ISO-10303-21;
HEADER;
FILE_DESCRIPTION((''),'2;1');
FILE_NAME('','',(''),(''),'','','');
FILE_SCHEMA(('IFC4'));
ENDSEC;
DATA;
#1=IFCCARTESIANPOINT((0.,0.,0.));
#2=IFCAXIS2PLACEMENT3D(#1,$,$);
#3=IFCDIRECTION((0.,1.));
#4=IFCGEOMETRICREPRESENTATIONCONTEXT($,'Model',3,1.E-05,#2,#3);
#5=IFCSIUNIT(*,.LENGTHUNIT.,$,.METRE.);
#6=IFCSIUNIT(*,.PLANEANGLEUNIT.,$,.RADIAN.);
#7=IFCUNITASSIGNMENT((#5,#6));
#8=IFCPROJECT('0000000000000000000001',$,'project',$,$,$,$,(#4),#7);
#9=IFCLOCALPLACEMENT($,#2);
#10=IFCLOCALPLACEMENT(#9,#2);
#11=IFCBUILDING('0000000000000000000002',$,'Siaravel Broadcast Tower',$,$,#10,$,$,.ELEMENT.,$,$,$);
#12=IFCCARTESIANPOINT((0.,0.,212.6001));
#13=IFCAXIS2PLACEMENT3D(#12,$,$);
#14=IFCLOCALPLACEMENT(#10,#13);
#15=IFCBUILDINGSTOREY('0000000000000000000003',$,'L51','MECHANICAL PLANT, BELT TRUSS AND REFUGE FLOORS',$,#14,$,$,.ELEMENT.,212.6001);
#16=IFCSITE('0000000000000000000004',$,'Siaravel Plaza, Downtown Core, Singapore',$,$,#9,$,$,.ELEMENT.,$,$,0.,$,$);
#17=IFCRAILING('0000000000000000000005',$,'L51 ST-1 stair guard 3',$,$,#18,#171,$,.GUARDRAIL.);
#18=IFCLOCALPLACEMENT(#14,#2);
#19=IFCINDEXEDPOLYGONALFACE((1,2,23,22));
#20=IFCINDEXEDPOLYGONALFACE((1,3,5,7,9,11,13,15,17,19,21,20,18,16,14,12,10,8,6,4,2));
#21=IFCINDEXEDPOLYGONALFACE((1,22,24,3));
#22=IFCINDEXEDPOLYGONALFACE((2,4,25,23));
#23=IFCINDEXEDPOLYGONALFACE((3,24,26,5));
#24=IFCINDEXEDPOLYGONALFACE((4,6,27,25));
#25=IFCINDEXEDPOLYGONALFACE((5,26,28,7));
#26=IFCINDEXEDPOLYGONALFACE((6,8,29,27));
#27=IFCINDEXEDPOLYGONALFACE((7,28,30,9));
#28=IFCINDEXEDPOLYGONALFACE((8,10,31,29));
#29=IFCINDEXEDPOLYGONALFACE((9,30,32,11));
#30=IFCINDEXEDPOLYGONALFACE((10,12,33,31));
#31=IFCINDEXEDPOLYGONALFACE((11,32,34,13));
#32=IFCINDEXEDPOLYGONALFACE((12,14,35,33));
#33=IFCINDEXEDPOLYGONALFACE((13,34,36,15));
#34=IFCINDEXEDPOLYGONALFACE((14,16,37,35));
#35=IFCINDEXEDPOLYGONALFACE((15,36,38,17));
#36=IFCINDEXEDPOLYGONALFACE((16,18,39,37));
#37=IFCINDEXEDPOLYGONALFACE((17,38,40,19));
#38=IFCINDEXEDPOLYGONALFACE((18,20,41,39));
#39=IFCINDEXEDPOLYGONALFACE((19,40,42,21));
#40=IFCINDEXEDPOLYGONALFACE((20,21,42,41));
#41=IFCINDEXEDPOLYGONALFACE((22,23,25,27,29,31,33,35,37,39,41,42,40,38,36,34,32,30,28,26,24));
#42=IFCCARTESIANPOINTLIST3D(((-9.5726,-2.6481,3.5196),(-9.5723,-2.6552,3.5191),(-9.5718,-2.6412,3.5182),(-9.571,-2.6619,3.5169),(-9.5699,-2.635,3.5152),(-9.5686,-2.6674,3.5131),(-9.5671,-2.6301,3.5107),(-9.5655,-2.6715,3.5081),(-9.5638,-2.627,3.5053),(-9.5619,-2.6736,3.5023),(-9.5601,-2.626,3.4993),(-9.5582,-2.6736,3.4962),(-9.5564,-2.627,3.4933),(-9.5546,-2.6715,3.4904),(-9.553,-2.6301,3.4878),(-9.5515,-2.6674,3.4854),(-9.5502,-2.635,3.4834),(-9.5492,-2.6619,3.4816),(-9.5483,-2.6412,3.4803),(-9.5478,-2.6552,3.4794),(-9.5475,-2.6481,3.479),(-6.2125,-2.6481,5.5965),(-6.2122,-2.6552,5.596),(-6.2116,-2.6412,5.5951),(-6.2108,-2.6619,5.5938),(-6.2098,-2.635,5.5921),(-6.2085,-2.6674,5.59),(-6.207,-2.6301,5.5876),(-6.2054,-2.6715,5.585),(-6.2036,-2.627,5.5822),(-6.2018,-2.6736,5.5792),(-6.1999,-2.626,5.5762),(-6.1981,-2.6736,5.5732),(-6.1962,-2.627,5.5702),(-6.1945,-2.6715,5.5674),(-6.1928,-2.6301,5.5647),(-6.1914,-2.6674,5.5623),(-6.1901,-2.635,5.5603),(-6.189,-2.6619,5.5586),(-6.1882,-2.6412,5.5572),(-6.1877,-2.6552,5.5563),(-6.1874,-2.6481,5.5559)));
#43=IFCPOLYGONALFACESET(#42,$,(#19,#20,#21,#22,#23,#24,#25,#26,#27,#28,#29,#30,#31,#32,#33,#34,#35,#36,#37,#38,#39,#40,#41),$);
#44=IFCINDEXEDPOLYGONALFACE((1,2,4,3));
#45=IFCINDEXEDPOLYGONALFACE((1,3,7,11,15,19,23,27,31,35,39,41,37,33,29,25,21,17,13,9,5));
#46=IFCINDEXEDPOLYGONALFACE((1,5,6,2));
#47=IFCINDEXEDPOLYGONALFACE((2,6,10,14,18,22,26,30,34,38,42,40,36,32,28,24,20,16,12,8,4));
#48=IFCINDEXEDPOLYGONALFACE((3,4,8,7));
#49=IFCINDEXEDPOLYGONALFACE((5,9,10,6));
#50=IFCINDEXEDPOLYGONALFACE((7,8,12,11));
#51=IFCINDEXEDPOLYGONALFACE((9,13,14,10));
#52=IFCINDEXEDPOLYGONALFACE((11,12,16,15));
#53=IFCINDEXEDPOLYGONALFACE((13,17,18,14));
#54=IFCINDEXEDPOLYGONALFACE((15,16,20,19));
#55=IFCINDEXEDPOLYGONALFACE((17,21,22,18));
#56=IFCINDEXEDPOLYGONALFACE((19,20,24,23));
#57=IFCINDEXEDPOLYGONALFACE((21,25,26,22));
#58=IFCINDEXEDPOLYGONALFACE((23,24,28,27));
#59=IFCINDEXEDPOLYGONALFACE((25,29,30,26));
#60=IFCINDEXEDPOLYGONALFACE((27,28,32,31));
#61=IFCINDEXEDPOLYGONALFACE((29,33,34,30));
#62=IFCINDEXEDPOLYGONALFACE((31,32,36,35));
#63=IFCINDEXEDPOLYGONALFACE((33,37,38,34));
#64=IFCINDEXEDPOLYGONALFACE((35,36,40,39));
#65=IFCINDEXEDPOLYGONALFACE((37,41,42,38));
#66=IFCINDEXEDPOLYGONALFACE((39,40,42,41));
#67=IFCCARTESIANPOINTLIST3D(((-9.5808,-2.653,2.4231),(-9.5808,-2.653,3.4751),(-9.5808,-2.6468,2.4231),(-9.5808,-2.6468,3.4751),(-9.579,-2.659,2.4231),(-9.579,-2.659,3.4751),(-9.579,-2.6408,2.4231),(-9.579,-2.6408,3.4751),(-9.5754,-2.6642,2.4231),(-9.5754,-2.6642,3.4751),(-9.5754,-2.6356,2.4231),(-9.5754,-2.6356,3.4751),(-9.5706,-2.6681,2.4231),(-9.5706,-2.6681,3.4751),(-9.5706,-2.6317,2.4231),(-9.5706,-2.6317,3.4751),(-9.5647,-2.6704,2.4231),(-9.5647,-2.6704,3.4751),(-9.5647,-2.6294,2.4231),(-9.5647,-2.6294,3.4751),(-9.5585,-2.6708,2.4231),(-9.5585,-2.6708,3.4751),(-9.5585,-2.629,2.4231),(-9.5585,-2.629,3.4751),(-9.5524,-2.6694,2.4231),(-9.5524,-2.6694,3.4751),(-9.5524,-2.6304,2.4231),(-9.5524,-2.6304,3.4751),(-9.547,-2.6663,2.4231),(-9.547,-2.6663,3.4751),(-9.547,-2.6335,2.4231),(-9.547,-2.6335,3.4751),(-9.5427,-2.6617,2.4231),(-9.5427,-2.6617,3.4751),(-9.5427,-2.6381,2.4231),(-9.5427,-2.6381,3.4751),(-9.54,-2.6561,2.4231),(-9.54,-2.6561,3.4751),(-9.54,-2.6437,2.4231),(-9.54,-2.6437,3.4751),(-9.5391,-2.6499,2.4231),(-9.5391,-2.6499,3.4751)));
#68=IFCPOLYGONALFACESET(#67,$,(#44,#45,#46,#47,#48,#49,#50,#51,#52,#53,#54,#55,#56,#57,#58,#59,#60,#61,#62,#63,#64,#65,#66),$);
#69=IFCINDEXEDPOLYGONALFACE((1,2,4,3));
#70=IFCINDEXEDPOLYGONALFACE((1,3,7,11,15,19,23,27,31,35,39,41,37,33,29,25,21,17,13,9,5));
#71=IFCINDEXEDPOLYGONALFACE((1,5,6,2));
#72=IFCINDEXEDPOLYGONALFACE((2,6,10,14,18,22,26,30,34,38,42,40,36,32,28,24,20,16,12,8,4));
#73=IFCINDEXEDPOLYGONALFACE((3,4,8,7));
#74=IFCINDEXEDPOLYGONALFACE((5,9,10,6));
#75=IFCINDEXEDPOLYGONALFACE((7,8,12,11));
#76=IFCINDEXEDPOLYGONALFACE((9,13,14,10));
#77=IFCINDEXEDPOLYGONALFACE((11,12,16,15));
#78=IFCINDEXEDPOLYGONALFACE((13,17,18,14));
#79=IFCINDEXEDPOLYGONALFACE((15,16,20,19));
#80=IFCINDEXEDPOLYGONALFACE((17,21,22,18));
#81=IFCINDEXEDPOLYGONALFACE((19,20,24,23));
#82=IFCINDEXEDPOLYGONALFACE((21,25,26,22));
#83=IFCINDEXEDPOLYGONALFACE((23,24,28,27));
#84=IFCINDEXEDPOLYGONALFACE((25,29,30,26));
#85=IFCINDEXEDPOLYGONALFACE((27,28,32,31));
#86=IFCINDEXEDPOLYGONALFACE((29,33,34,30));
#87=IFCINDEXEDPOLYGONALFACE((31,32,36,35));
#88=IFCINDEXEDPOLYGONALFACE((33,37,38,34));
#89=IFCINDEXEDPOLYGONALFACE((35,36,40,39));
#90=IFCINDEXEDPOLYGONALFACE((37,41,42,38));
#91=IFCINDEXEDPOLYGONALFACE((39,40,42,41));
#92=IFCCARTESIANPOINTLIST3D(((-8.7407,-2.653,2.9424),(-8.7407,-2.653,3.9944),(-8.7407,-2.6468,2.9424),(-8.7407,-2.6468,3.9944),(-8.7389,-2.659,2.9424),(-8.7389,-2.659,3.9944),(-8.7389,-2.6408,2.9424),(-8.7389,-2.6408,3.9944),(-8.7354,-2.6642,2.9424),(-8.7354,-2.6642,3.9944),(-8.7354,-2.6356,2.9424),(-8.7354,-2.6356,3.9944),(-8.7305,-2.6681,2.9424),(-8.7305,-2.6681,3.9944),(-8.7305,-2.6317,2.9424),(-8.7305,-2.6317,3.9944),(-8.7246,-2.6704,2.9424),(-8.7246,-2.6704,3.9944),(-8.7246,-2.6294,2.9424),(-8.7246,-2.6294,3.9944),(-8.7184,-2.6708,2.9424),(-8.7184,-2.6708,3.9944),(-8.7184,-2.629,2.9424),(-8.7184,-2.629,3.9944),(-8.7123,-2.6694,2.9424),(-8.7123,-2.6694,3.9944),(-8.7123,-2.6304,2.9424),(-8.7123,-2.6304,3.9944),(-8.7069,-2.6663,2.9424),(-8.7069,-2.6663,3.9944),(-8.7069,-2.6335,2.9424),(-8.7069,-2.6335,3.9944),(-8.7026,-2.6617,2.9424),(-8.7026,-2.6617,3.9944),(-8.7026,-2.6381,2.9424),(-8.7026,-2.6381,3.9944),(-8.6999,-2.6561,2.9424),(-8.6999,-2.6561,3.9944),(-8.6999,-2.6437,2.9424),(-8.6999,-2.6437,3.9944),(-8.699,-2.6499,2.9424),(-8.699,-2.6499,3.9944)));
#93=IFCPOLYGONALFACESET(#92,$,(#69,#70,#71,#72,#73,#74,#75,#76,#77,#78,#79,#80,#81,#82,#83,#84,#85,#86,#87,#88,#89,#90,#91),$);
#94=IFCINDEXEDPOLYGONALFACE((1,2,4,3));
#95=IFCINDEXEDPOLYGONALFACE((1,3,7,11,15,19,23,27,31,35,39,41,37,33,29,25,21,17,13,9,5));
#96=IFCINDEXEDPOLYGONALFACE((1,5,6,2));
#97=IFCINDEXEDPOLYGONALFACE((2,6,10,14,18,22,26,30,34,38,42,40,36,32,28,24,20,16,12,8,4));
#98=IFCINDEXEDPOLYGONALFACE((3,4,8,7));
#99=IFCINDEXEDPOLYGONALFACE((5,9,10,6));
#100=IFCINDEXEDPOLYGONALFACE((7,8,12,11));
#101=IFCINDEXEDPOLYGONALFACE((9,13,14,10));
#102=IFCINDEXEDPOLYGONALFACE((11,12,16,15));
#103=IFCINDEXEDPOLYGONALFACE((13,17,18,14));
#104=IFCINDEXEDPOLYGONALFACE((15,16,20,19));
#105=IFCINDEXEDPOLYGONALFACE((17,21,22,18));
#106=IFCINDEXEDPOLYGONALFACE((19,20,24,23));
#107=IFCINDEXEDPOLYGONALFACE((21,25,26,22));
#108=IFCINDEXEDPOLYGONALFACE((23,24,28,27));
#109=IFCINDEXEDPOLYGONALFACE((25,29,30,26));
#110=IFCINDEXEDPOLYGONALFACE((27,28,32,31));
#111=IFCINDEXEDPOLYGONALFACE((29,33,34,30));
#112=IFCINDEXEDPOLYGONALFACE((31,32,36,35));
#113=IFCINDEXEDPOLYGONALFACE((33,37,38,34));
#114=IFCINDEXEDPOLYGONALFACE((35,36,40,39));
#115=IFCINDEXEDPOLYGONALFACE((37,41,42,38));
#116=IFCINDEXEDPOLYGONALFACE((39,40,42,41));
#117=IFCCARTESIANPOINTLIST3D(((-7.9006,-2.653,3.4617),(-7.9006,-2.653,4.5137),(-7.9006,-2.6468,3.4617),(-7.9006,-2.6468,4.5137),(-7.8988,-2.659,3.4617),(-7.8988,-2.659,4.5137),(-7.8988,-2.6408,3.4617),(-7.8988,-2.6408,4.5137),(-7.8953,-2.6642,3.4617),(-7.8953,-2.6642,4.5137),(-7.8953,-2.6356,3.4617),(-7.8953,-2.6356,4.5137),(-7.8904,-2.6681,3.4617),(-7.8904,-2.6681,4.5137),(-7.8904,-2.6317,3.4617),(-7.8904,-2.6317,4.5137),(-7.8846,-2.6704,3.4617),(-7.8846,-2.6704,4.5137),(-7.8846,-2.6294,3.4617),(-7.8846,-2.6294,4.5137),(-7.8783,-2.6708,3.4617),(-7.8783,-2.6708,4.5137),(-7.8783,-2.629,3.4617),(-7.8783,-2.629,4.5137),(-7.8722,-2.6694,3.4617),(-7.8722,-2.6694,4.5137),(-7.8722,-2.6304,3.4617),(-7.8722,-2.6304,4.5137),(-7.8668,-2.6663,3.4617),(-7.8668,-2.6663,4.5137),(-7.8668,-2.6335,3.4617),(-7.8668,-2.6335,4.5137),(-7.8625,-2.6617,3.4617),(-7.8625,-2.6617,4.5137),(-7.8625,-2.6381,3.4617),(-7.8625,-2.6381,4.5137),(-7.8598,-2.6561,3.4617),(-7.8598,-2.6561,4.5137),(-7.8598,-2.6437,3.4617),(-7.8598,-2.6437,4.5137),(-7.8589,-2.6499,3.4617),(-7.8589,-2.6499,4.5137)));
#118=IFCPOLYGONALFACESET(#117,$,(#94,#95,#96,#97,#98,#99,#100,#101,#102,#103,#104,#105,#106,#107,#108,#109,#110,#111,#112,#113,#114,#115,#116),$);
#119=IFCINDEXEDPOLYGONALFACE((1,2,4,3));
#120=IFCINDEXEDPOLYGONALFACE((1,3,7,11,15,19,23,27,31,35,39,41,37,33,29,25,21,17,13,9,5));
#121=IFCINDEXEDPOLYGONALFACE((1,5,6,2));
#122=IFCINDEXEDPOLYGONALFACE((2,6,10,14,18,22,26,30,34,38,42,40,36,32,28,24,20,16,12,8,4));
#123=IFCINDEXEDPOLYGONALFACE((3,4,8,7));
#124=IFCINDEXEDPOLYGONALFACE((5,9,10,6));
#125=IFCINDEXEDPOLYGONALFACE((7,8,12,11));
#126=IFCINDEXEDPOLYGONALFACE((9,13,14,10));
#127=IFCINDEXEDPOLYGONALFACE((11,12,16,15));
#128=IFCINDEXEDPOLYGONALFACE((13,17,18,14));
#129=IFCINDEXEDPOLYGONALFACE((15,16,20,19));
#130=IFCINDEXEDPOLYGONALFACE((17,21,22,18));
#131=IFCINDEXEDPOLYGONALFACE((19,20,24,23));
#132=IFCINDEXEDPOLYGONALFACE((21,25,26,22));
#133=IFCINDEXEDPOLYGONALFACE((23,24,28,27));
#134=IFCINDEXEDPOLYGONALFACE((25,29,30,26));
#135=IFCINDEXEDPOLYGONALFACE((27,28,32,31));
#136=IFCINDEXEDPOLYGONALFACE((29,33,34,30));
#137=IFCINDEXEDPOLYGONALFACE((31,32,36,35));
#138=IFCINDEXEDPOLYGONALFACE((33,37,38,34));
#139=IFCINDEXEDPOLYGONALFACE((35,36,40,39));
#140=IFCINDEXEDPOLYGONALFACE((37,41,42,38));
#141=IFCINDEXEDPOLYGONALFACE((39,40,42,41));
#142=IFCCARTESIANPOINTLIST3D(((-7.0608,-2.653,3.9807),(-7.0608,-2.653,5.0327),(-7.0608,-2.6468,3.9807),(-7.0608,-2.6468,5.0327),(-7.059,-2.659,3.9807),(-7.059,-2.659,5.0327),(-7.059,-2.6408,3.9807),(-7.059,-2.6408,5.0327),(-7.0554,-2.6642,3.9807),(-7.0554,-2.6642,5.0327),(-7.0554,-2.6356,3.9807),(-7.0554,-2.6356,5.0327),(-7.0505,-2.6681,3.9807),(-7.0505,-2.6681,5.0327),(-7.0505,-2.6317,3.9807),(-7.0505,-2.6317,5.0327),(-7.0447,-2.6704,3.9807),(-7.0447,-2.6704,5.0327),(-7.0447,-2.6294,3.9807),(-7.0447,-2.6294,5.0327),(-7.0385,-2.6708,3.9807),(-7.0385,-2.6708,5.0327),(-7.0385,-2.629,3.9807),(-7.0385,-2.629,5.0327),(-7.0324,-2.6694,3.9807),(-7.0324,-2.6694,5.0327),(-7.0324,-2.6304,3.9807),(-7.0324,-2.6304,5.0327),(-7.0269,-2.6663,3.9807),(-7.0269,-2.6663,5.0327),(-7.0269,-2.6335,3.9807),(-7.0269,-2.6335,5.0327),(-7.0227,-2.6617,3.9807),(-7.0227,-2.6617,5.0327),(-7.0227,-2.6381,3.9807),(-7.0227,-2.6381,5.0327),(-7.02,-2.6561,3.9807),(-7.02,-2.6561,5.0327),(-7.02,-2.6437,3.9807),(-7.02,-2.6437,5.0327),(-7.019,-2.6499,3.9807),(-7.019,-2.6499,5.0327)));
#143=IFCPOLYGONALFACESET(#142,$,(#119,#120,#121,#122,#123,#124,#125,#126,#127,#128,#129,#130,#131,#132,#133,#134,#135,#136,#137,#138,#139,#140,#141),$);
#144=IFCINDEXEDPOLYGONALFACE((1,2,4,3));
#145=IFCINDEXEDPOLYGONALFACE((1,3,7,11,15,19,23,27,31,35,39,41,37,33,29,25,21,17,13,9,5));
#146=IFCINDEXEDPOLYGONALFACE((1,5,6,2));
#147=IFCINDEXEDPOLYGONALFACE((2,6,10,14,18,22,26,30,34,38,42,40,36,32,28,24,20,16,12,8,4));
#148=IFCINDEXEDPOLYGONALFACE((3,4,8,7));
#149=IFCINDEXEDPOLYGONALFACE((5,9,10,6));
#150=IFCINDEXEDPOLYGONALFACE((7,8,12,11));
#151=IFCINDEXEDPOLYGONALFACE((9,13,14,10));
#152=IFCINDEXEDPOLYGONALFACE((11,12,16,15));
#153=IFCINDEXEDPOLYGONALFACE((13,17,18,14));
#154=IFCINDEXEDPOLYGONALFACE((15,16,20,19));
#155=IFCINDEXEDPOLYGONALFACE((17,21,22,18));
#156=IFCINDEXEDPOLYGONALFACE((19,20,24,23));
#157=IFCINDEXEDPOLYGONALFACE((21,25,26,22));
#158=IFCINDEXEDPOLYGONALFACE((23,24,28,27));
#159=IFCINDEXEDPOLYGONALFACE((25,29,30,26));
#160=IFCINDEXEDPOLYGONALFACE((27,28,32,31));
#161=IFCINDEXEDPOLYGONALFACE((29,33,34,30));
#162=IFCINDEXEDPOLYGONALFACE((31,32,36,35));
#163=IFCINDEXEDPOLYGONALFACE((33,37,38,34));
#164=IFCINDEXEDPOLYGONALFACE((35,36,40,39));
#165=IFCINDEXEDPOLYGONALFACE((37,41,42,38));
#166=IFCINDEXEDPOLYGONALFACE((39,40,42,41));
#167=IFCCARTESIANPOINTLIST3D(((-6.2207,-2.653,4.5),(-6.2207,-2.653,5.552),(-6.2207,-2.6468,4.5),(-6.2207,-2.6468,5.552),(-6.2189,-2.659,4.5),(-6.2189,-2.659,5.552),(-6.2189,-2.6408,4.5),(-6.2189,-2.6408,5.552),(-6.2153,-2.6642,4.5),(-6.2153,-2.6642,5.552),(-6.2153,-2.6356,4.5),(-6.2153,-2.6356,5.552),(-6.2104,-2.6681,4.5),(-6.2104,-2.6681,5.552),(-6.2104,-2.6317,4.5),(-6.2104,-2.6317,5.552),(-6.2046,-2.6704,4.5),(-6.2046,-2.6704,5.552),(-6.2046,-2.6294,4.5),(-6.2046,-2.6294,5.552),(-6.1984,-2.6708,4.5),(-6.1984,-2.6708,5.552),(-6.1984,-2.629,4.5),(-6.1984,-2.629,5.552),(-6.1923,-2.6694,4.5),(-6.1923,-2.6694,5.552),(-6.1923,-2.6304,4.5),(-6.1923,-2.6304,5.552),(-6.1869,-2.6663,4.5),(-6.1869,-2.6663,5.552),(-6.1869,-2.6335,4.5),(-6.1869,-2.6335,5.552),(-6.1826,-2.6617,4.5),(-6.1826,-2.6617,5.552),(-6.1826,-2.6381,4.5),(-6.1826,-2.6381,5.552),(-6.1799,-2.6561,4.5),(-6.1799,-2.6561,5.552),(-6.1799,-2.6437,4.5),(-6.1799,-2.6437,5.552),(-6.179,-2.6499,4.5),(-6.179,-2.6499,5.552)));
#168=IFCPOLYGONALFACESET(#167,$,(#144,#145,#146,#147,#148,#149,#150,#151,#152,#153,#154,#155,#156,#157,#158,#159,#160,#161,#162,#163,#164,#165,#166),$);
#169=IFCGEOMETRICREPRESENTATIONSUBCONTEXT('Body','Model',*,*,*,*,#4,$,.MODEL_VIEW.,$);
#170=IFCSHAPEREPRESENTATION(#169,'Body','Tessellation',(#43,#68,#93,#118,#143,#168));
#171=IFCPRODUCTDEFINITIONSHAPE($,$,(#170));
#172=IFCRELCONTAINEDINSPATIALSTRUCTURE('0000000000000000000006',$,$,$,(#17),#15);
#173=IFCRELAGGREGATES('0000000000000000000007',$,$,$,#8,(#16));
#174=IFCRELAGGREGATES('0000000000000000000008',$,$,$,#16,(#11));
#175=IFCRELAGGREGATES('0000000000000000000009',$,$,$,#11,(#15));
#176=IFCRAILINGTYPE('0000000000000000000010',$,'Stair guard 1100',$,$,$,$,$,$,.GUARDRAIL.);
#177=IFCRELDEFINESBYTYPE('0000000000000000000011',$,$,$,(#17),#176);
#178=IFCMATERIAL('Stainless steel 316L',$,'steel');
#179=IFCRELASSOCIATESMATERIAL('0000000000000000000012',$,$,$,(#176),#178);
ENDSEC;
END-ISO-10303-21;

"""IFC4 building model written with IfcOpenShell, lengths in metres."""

from ifc_helpers import new_model, si_unit, direction, frame, origin, origin_2d, place, context, subcontext, project, spatial, circle, extrude, material, type_object, element, save


model = new_model("IFC4")

# Units and contexts
model_context = context("Model", 3, precision=1e-05, world=origin(), true_north=direction((0.0, 1.0)))
body_context = subcontext(model_context, "Body", "Model", "MODEL_VIEW")
ifc_project = project(units=[si_unit("LENGTHUNIT", "METRE"), si_unit("PLANEANGLEUNIT", "RADIAN")], contexts=[model_context])

# Site, building, storey
site_placement = place(None, origin())
site = spatial("IfcSite", under=ifc_project, at=site_placement, Name="Siaravel Plaza, Downtown Core, Singapore", CompositionType="ELEMENT", RefElevation=0.0)
building_placement = place(site_placement, origin())
building = spatial("IfcBuilding", under=site, at=building_placement, Name="Siaravel Broadcast Tower", CompositionType="ELEMENT")
storey_placement = place(building_placement, frame((0.0, 0.0, 212.6001)))
storey = spatial("IfcBuildingStorey", under=building, at=storey_placement, Name="L51", Description="MECHANICAL PLANT, BELT TRUSS AND REFUGE FLOORS", CompositionType="ELEMENT", Elevation=212.6001)

# Shared definitions
ifc_material_1 = material(Name="Stainless steel 316L", Category="steel")

# Railing
railing_type_1 = type_object("IfcRailingType", Name="Stair guard 1100", PredefinedType="GUARDRAIL", material=ifc_material_1)
railing_1_placement = place(storey_placement, frame((-9.5601, -2.6499, 2.4231)))
element("IfcRailing", 1, at=railing_1_placement, inside=storey, type_object=railing_type_1, Name="L51 ST-1 stair guard 3", PredefinedType="GUARDRAIL", context=body_context, shape_type="SweptSolid", body=[
    extrude(circle(Radius=0.0239, at=origin_2d()), frame((0.0, 0.0, 1.0762), z_axis=(0.850623, 0.0, 0.525776), x_axis=(0.0, 1.0, 0.0)), (0.0, 0.0, 1.0), 3.9502),
    extrude(circle(Radius=0.021, at=origin_2d()), origin(), (0.0, 0.0, 1.0), 1.052),
    extrude(circle(Radius=0.021, at=origin_2d()), frame((0.8401, 0.0, 0.5193)), (0.0, 0.0, 1.0), 1.052),
    extrude(circle(Radius=0.021, at=origin_2d()), frame((1.6802, 0.0, 1.0386)), (0.0, 0.0, 1.0), 1.052),
    extrude(circle(Radius=0.021, at=origin_2d()), frame((2.52, 0.0, 1.5576)), (0.0, 0.0, 1.0), 1.052),
    extrude(circle(Radius=0.021, at=origin_2d()), frame((3.3601, 0.0, 2.0769)), (0.0, 0.0, 1.0), 1.052),
])

save(model, "model.ifc")
